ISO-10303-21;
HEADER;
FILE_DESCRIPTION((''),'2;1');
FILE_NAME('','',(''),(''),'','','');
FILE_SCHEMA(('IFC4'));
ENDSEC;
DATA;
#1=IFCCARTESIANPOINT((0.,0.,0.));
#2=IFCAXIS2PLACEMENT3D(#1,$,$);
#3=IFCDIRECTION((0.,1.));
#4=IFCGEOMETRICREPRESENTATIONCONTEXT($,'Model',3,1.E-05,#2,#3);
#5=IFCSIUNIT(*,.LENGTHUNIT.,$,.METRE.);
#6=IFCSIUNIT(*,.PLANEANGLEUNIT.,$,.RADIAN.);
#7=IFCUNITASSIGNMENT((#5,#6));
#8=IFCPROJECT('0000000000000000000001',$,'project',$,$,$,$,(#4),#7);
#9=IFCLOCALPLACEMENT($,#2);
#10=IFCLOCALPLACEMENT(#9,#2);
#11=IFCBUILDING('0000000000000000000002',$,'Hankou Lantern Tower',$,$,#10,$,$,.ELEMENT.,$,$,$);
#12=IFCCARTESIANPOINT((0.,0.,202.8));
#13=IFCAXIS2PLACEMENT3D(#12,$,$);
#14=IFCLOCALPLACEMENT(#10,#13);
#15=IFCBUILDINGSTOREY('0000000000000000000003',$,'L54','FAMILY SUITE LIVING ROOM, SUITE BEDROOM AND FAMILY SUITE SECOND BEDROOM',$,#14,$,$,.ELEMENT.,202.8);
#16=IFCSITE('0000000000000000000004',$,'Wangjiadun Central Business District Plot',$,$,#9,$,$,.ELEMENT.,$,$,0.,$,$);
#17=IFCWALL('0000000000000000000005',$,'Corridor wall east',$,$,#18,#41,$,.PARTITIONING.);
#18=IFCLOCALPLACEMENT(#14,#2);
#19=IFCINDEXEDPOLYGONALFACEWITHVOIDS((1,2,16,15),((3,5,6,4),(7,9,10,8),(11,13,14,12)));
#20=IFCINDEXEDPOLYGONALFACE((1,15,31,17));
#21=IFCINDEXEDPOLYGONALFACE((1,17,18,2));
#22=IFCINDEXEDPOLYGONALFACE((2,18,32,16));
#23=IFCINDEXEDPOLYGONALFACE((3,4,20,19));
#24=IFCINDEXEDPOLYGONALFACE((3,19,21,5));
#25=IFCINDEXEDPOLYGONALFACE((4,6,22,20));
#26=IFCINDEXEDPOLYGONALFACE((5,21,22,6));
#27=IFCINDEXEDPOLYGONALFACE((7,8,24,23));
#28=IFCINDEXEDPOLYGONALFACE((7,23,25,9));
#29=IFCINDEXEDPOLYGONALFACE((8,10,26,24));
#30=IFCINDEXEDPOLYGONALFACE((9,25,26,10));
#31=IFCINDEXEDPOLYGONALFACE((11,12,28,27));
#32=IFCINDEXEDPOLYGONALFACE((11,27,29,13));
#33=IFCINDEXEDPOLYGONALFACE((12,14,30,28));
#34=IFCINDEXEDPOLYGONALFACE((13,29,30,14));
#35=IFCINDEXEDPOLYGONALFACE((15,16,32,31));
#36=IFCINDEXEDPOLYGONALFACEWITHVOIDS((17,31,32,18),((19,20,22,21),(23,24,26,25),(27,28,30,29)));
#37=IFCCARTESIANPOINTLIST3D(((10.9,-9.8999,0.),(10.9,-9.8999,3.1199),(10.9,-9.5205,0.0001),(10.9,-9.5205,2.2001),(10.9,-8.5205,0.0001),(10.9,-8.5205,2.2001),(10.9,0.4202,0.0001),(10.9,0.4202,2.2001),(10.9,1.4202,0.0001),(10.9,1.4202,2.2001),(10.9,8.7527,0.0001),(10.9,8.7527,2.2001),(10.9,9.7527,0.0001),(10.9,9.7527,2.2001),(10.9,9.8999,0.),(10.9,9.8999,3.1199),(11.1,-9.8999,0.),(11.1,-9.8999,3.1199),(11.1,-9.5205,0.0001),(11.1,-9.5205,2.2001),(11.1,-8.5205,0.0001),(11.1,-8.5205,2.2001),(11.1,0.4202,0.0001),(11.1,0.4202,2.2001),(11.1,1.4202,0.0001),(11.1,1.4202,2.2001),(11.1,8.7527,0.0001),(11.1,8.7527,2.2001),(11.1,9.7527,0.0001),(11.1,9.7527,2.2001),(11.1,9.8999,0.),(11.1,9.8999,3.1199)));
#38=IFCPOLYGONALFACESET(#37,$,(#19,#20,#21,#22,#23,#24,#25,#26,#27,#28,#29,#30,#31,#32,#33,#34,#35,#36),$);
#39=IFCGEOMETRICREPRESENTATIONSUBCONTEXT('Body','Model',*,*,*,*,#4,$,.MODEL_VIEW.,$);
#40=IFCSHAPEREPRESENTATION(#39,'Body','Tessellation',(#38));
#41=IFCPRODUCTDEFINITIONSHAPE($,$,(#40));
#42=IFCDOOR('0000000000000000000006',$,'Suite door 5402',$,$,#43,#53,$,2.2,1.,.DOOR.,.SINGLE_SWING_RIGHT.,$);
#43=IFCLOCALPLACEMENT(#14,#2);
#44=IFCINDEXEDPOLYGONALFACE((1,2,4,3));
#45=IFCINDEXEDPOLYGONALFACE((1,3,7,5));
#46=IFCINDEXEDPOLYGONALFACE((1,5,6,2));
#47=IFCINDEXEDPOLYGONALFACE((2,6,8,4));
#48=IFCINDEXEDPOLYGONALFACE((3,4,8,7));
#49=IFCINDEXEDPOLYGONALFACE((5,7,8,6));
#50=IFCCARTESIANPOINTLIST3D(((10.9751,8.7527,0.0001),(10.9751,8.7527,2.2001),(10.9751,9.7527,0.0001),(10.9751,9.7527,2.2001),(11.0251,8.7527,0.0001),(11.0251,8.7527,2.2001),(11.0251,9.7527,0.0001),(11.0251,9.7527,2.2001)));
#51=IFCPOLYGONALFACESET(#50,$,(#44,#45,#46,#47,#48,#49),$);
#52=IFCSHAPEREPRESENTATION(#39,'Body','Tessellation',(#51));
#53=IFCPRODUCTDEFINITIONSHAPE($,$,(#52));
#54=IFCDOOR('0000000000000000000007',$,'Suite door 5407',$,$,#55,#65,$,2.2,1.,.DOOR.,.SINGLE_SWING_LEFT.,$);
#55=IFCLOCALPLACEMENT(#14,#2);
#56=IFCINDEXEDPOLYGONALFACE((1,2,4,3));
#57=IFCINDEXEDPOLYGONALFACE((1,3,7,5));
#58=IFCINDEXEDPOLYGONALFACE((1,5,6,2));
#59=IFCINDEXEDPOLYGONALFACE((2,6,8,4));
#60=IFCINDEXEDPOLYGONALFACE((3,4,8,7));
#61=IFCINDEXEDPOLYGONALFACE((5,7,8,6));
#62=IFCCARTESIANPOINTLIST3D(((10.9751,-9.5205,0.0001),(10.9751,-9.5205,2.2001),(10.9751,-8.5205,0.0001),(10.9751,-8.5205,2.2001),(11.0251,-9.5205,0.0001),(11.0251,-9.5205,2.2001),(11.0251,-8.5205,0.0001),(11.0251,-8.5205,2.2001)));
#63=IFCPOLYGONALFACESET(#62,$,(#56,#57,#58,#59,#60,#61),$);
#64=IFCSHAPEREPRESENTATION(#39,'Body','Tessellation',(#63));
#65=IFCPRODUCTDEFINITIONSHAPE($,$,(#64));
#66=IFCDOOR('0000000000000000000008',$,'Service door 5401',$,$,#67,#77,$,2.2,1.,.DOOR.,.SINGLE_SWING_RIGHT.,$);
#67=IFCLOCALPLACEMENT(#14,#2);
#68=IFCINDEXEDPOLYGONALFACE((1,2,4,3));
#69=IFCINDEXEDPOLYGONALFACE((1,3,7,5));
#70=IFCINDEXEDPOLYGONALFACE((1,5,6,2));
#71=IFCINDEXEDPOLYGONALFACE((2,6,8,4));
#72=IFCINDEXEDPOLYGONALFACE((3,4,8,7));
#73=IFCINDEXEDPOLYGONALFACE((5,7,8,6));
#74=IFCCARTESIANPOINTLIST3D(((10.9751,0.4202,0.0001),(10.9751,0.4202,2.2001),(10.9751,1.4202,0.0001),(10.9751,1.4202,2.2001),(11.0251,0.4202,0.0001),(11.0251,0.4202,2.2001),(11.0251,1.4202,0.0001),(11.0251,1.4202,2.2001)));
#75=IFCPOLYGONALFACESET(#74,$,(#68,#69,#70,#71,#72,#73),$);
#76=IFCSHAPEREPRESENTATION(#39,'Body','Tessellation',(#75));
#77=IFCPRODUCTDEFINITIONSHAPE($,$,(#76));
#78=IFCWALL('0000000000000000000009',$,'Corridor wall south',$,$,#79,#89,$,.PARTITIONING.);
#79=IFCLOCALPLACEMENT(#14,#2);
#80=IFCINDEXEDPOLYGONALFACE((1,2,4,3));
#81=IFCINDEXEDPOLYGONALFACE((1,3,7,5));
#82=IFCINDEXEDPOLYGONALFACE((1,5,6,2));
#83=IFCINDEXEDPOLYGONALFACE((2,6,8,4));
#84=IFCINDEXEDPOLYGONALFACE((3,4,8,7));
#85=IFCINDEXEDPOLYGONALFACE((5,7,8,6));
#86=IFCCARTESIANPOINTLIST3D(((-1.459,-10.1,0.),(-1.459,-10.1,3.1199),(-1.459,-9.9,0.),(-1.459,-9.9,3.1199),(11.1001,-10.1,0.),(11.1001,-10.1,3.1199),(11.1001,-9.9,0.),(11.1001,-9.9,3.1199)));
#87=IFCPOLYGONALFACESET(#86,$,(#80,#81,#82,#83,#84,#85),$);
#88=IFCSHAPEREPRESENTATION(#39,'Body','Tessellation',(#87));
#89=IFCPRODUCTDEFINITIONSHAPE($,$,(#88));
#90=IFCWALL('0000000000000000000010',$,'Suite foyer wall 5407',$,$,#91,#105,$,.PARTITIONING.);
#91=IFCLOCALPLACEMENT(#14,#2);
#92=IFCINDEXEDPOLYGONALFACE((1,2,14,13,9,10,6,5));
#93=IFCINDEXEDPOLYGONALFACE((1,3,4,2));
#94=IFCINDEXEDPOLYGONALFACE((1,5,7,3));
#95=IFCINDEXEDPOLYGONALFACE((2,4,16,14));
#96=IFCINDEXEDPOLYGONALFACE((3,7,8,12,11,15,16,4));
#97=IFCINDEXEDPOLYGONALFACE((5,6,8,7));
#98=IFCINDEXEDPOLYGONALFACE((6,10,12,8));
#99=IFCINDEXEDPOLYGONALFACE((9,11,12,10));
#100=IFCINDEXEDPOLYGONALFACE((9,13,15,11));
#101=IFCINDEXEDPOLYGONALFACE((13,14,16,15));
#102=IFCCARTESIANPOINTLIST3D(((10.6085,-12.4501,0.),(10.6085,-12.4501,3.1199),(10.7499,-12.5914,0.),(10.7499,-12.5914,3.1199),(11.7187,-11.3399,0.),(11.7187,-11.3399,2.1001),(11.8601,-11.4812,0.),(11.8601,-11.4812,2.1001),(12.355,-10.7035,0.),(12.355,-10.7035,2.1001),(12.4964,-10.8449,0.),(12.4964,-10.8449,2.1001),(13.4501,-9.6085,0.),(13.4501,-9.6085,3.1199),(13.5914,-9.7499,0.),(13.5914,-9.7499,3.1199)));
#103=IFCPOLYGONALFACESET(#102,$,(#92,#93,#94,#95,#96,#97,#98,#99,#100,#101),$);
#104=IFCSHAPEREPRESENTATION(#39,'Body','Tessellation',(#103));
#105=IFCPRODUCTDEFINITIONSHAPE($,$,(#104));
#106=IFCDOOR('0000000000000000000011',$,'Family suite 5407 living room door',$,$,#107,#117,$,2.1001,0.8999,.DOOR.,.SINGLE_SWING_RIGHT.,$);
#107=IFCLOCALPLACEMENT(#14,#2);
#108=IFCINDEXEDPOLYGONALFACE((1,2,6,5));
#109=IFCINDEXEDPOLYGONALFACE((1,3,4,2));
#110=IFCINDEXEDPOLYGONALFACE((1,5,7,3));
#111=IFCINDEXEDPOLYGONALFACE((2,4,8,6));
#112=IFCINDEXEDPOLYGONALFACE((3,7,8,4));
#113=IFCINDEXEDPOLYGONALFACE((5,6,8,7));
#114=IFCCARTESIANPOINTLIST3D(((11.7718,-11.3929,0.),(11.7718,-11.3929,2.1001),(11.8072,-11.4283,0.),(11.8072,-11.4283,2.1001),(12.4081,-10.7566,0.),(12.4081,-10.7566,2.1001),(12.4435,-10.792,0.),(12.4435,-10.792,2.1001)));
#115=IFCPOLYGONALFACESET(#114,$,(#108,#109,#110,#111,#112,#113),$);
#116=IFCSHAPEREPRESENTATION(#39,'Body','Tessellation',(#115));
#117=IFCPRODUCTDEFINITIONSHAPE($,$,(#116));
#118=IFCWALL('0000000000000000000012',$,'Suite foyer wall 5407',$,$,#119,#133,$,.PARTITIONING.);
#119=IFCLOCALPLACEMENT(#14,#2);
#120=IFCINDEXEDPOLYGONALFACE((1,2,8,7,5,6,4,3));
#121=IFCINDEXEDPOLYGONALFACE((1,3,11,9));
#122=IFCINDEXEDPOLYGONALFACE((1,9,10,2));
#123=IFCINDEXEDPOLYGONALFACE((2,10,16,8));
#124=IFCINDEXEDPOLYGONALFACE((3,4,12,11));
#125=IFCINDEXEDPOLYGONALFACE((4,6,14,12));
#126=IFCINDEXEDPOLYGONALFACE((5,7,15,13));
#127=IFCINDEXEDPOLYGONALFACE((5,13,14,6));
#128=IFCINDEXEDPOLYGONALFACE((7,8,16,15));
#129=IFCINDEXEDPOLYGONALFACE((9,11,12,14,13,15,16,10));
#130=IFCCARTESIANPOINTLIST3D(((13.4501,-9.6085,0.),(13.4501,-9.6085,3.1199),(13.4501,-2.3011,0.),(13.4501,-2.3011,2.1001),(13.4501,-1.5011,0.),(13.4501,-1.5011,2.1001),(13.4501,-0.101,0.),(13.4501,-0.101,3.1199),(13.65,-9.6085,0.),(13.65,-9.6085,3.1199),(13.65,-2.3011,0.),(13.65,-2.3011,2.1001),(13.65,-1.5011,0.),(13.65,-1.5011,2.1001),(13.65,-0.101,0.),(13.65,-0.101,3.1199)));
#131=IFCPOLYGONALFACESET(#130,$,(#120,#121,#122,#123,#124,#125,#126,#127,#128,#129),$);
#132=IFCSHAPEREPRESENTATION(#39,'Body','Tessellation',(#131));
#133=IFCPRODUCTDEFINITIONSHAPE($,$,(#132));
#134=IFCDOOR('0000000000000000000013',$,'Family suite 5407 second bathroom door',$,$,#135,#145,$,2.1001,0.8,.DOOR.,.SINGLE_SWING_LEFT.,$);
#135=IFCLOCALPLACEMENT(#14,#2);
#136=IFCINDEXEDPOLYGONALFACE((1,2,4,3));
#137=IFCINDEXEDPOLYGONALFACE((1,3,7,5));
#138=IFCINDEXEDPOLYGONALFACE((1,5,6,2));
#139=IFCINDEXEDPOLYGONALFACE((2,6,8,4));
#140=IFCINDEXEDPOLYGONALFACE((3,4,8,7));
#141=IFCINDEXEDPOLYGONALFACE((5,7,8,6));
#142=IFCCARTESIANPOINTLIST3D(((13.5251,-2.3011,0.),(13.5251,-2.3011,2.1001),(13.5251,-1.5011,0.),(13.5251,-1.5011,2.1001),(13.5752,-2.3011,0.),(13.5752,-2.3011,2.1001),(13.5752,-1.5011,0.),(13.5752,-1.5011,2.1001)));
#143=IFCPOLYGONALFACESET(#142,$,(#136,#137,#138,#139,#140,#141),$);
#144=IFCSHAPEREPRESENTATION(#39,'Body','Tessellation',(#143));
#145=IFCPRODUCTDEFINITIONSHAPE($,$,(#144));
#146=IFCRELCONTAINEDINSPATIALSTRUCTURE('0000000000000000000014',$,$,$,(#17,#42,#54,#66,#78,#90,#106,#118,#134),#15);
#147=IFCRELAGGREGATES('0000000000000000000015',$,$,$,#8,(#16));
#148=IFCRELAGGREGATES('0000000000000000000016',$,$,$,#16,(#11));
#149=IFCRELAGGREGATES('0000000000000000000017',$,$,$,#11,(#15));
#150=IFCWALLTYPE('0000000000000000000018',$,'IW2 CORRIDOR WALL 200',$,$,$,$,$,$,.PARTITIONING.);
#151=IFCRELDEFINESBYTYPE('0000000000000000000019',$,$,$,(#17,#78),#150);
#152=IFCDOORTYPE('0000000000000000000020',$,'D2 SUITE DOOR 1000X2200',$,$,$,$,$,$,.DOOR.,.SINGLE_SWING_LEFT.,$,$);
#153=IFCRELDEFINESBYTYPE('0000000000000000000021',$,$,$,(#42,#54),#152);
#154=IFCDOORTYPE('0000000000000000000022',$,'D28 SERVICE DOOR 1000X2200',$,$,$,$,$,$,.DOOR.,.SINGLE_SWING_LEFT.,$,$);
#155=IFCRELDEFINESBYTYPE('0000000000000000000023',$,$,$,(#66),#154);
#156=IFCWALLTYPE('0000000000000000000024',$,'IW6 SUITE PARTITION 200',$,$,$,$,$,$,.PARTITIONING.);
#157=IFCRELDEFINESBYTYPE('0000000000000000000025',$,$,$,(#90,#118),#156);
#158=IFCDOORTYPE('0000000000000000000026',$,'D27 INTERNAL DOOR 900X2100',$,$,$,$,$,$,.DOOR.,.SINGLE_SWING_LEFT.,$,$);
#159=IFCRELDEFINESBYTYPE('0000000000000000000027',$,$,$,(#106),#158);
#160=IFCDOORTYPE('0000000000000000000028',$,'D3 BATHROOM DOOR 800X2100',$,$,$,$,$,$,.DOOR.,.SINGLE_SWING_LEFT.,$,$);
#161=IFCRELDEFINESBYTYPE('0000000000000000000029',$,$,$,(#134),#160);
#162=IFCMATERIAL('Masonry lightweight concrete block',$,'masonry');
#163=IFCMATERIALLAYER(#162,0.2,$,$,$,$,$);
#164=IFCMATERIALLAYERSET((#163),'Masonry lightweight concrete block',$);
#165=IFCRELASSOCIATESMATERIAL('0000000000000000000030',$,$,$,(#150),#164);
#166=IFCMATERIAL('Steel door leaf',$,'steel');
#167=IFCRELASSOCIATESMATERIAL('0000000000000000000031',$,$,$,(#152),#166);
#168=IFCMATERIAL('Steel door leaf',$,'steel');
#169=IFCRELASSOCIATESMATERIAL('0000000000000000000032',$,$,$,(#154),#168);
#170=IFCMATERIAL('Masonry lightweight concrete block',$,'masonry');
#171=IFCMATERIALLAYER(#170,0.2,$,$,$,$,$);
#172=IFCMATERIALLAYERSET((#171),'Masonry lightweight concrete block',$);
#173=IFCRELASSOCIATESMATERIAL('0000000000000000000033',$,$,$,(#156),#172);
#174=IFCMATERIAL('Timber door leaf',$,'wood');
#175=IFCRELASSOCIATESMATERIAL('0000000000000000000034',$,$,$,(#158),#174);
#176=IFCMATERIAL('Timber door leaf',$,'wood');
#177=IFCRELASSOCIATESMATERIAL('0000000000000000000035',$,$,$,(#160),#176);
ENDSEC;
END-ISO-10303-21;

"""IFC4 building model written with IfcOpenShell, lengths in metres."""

from ifc_helpers import new_model, si_unit, direction, frame, frame_2d, origin, place, context, subcontext, project, spatial, rectangle, extrude, material, layer, layer_set, type_object, element, fill, save


model = new_model("IFC4")

# Units and contexts
model_context = context("Model", 3, precision=1e-05, world=origin(), true_north=direction((0.0, 1.0)))
body_context = subcontext(model_context, "Body", "Model", "MODEL_VIEW")
ifc_project = project(units=[si_unit("LENGTHUNIT", "METRE"), si_unit("PLANEANGLEUNIT", "RADIAN")], contexts=[model_context])

# Site, building, storey
site_placement = place(None, origin())
site = spatial("IfcSite", under=ifc_project, at=site_placement, Name="Wangjiadun Central Business District Plot", CompositionType="ELEMENT", RefElevation=0.0)
building_placement = place(site_placement, origin())
building = spatial("IfcBuilding", under=site, at=building_placement, Name="Hankou Lantern Tower", CompositionType="ELEMENT")
storey_placement = place(building_placement, frame((0.0, 0.0, 202.8)))
storey = spatial("IfcBuildingStorey", under=building, at=storey_placement, Name="L54", Description="FAMILY SUITE LIVING ROOM, SUITE BEDROOM AND FAMILY SUITE SECOND BEDROOM", CompositionType="ELEMENT", Elevation=202.8)

# Wall, openings, doors
ifc_material_1 = material(Name="Masonry lightweight concrete block", Category="masonry")
ifc_layer_1 = layer(ifc_material_1, 0.2)
ifc_layer_set_1 = layer_set([ifc_layer_1], Name="Masonry lightweight concrete block")
wall_type_1 = type_object("IfcWallType", Name="IW2 CORRIDOR WALL 200", PredefinedType="PARTITIONING", material=ifc_layer_set_1)
wall_1_placement = place(storey_placement, frame((11.0, -9.8999, 0.0), z_axis=(0.0, 0.0, 1.0), x_axis=(0.0, 1.0, 0.0)))
wall_1 = element("IfcWall", 1, at=wall_1_placement, inside=storey, type_object=wall_type_1, Name="Corridor wall east", PredefinedType="PARTITIONING", context=body_context, shape_type="SweptSolid", body=[
    extrude(rectangle(XDim=19.7998, YDim=0.2, at=frame_2d((9.8999, 0.0))), origin(), (0.0, 0.0, 1.0), 3.1199),
])
opening_1_placement = place(wall_1_placement, frame((10.3201, 0.0, 0.0)))
opening_1 = element("IfcOpeningElement", 2, at=opening_1_placement, cuts=wall_1, PredefinedType="OPENING", context=body_context, shape_type="SweptSolid", body=[
    extrude(rectangle(XDim=1.0, YDim=2.2, at=frame_2d((0.5, 1.1001))), frame((0.0, 0.1099, 0.0), z_axis=(0.0, -1.0, 0.0), x_axis=(1.0, 0.0, 0.0)), (0.0, 0.0, 1.0), 0.22),
])
opening_2_placement = place(wall_1_placement, frame((18.6526, 0.0, 0.0)))
opening_2 = element("IfcOpeningElement", 3, at=opening_2_placement, cuts=wall_1, PredefinedType="OPENING", context=body_context, shape_type="SweptSolid", body=[
    extrude(rectangle(XDim=1.0, YDim=2.2, at=frame_2d((0.5, 1.1001))), frame((0.0, 0.1099, 0.0), z_axis=(0.0, -1.0, 0.0), x_axis=(1.0, 0.0, 0.0)), (0.0, 0.0, 1.0), 0.22),
])
opening_3_placement = place(wall_1_placement, frame((0.3794, 0.0, 0.0)))
opening_3 = element("IfcOpeningElement", 4, at=opening_3_placement, cuts=wall_1, PredefinedType="OPENING", context=body_context, shape_type="SweptSolid", body=[
    extrude(rectangle(XDim=1.0, YDim=2.2, at=frame_2d((0.5, 1.1001))), frame((0.0, 0.1099, 0.0), z_axis=(0.0, -1.0, 0.0), x_axis=(1.0, 0.0, 0.0)), (0.0, 0.0, 1.0), 0.22),
])
ifc_material_2 = material(Name="Steel door leaf", Category="steel")
door_type_1 = type_object("IfcDoorType", Name="D2 SUITE DOOR 1000X2200", OperationType="SINGLE_SWING_LEFT", PredefinedType="DOOR", material=ifc_material_2)
door_1_placement = place(opening_2_placement, origin())
door_1 = element("IfcDoor", 5, at=door_1_placement, inside=storey, type_object=door_type_1, Name="Suite door 5402", OperationType="SINGLE_SWING_RIGHT", OverallHeight=2.2, OverallWidth=1.0, PredefinedType="DOOR", context=body_context, shape_type="SweptSolid", body=[
    extrude(rectangle(XDim=1.0, YDim=2.2, at=frame_2d((0.5, 1.1001))), frame((0.0, 0.0249, 0.0), z_axis=(0.0, -1.0, 0.0), x_axis=(1.0, 0.0, 0.0)), (0.0, 0.0, 1.0), 0.05),
])
fill(opening_2, door_1)
door_2_placement = place(opening_3_placement, origin())
door_2 = element("IfcDoor", 6, at=door_2_placement, inside=storey, type_object=door_type_1, Name="Suite door 5407", OperationType="SINGLE_SWING_LEFT", OverallHeight=2.2, OverallWidth=1.0, PredefinedType="DOOR", context=body_context, shape_type="SweptSolid", body=[
    extrude(rectangle(XDim=1.0, YDim=2.2, at=frame_2d((0.5, 1.1001))), frame((0.0, 0.0249, 0.0), z_axis=(0.0, -1.0, 0.0), x_axis=(1.0, 0.0, 0.0)), (0.0, 0.0, 1.0), 0.05),
])
fill(opening_3, door_2)
ifc_material_3 = material(Name="Steel door leaf", Category="steel")
door_type_2 = type_object("IfcDoorType", Name="D28 SERVICE DOOR 1000X2200", OperationType="SINGLE_SWING_LEFT", PredefinedType="DOOR", material=ifc_material_3)
door_3_placement = place(opening_1_placement, origin())
door_3 = element("IfcDoor", 7, at=door_3_placement, inside=storey, type_object=door_type_2, Name="Service door 5401", OperationType="SINGLE_SWING_RIGHT", OverallHeight=2.2, OverallWidth=1.0, PredefinedType="DOOR", context=body_context, shape_type="SweptSolid", body=[
    extrude(rectangle(XDim=1.0, YDim=2.2, at=frame_2d((0.5, 1.1001))), frame((0.0, 0.0249, 0.0), z_axis=(0.0, -1.0, 0.0), x_axis=(1.0, 0.0, 0.0)), (0.0, 0.0, 1.0), 0.05),
])
fill(opening_1, door_3)

# Wall
wall_2_placement = place(storey_placement, frame((11.1001, -10.0, 0.0), z_axis=(0.0, 0.0, 1.0), x_axis=(-1.0, 0.0, 0.0)))
element("IfcWall", 8, at=wall_2_placement, inside=storey, type_object=wall_type_1, Name="Corridor wall south", PredefinedType="PARTITIONING", context=body_context, shape_type="SweptSolid", body=[
    extrude(rectangle(XDim=12.5591, YDim=0.2, at=frame_2d((6.2795, 0.0))), origin(), (0.0, 0.0, 1.0), 3.1199),
])

# Walls, openings, doors
ifc_material_4 = material(Name="Masonry lightweight concrete block", Category="masonry")
ifc_layer_2 = layer(ifc_material_4, 0.2)
ifc_layer_set_2 = layer_set([ifc_layer_2], Name="Masonry lightweight concrete block")
wall_type_2 = type_object("IfcWallType", Name="IW6 SUITE PARTITION 200", PredefinedType="PARTITIONING", material=ifc_layer_set_2)
wall_3_placement = place(storey_placement, frame((10.6792, -12.5208, 0.0), z_axis=(0.0, 0.0, 1.0), x_axis=(0.707107, 0.707107, 0.0)))
wall_3 = element("IfcWall", 9, at=wall_3_placement, inside=storey, type_object=wall_type_2, Name="Suite foyer wall 5407", PredefinedType="PARTITIONING", context=body_context, shape_type="SweptSolid", body=[
    extrude(rectangle(XDim=4.0186, YDim=0.2, at=frame_2d((2.0093, 0.0))), origin(), (0.0, 0.0, 1.0), 3.1199),
])
opening_4_placement = place(wall_3_placement, frame((1.5701, 0.0, 0.0)))
opening_4 = element("IfcOpeningElement", 10, at=opening_4_placement, cuts=wall_3, PredefinedType="OPENING", context=body_context, shape_type="SweptSolid", body=[
    extrude(rectangle(XDim=0.8999, YDim=2.1001, at=frame_2d((0.45, 1.05))), frame((0.0, 0.1099, 0.0), z_axis=(0.0, -1.0, 0.0), x_axis=(1.0, 0.0, 0.0)), (0.0, 0.0, 1.0), 0.22),
])
ifc_material_5 = material(Name="Timber door leaf", Category="wood")
door_type_3 = type_object("IfcDoorType", Name="D27 INTERNAL DOOR 900X2100", OperationType="SINGLE_SWING_LEFT", PredefinedType="DOOR", material=ifc_material_5)
door_4_placement = place(opening_4_placement, origin())
door_4 = element("IfcDoor", 11, at=door_4_placement, inside=storey, type_object=door_type_3, Name="Family suite 5407 living room door", OperationType="SINGLE_SWING_RIGHT", OverallHeight=2.1001, OverallWidth=0.8999, PredefinedType="DOOR", context=body_context, shape_type="SweptSolid", body=[
    extrude(rectangle(XDim=0.8999, YDim=2.1001, at=frame_2d((0.45, 1.05))), frame((0.0, 0.0249, 0.0), z_axis=(0.0, -1.0, 0.0), x_axis=(1.0, 0.0, 0.0)), (0.0, 0.0, 1.0), 0.05),
])
fill(opening_4, door_4)
wall_4_placement = place(storey_placement, frame((13.55, -9.6086, 0.0), z_axis=(0.0, 0.0, 1.0), x_axis=(0.0, 1.0, 0.0)))
wall_4 = element("IfcWall", 12, at=wall_4_placement, inside=storey, type_object=wall_type_2, Name="Suite foyer wall 5407", PredefinedType="PARTITIONING", context=body_context, shape_type="SweptSolid", body=[
    extrude(rectangle(XDim=9.5076, YDim=0.2, at=frame_2d((4.7539, 0.0))), origin(), (0.0, 0.0, 1.0), 3.1199),
])
opening_5_placement = place(wall_4_placement, frame((7.3076, 0.0, 0.0)))
opening_5 = element("IfcOpeningElement", 13, at=opening_5_placement, cuts=wall_4, PredefinedType="OPENING", context=body_context, shape_type="SweptSolid", body=[
    extrude(rectangle(XDim=0.8, YDim=2.1001, at=frame_2d((0.3999, 1.05))), frame((0.0, 0.1099, 0.0), z_axis=(0.0, -1.0, 0.0), x_axis=(1.0, 0.0, 0.0)), (0.0, 0.0, 1.0), 0.22),
])
ifc_material_6 = material(Name="Timber door leaf", Category="wood")
door_type_4 = type_object("IfcDoorType", Name="D3 BATHROOM DOOR 800X2100", OperationType="SINGLE_SWING_LEFT", PredefinedType="DOOR", material=ifc_material_6)
door_5_placement = place(opening_5_placement, origin())
door_5 = element("IfcDoor", 14, at=door_5_placement, inside=storey, type_object=door_type_4, Name="Family suite 5407 second bathroom door", OperationType="SINGLE_SWING_LEFT", OverallHeight=2.1001, OverallWidth=0.8, PredefinedType="DOOR", context=body_context, shape_type="SweptSolid", body=[
    extrude(rectangle(XDim=0.8, YDim=2.1001, at=frame_2d((0.3999, 1.05))), frame((0.0, 0.0249, 0.0), z_axis=(0.0, -1.0, 0.0), x_axis=(1.0, 0.0, 0.0)), (0.0, 0.0, 1.0), 0.05),
])
fill(opening_5, door_5)

save(model, "model.ifc")
